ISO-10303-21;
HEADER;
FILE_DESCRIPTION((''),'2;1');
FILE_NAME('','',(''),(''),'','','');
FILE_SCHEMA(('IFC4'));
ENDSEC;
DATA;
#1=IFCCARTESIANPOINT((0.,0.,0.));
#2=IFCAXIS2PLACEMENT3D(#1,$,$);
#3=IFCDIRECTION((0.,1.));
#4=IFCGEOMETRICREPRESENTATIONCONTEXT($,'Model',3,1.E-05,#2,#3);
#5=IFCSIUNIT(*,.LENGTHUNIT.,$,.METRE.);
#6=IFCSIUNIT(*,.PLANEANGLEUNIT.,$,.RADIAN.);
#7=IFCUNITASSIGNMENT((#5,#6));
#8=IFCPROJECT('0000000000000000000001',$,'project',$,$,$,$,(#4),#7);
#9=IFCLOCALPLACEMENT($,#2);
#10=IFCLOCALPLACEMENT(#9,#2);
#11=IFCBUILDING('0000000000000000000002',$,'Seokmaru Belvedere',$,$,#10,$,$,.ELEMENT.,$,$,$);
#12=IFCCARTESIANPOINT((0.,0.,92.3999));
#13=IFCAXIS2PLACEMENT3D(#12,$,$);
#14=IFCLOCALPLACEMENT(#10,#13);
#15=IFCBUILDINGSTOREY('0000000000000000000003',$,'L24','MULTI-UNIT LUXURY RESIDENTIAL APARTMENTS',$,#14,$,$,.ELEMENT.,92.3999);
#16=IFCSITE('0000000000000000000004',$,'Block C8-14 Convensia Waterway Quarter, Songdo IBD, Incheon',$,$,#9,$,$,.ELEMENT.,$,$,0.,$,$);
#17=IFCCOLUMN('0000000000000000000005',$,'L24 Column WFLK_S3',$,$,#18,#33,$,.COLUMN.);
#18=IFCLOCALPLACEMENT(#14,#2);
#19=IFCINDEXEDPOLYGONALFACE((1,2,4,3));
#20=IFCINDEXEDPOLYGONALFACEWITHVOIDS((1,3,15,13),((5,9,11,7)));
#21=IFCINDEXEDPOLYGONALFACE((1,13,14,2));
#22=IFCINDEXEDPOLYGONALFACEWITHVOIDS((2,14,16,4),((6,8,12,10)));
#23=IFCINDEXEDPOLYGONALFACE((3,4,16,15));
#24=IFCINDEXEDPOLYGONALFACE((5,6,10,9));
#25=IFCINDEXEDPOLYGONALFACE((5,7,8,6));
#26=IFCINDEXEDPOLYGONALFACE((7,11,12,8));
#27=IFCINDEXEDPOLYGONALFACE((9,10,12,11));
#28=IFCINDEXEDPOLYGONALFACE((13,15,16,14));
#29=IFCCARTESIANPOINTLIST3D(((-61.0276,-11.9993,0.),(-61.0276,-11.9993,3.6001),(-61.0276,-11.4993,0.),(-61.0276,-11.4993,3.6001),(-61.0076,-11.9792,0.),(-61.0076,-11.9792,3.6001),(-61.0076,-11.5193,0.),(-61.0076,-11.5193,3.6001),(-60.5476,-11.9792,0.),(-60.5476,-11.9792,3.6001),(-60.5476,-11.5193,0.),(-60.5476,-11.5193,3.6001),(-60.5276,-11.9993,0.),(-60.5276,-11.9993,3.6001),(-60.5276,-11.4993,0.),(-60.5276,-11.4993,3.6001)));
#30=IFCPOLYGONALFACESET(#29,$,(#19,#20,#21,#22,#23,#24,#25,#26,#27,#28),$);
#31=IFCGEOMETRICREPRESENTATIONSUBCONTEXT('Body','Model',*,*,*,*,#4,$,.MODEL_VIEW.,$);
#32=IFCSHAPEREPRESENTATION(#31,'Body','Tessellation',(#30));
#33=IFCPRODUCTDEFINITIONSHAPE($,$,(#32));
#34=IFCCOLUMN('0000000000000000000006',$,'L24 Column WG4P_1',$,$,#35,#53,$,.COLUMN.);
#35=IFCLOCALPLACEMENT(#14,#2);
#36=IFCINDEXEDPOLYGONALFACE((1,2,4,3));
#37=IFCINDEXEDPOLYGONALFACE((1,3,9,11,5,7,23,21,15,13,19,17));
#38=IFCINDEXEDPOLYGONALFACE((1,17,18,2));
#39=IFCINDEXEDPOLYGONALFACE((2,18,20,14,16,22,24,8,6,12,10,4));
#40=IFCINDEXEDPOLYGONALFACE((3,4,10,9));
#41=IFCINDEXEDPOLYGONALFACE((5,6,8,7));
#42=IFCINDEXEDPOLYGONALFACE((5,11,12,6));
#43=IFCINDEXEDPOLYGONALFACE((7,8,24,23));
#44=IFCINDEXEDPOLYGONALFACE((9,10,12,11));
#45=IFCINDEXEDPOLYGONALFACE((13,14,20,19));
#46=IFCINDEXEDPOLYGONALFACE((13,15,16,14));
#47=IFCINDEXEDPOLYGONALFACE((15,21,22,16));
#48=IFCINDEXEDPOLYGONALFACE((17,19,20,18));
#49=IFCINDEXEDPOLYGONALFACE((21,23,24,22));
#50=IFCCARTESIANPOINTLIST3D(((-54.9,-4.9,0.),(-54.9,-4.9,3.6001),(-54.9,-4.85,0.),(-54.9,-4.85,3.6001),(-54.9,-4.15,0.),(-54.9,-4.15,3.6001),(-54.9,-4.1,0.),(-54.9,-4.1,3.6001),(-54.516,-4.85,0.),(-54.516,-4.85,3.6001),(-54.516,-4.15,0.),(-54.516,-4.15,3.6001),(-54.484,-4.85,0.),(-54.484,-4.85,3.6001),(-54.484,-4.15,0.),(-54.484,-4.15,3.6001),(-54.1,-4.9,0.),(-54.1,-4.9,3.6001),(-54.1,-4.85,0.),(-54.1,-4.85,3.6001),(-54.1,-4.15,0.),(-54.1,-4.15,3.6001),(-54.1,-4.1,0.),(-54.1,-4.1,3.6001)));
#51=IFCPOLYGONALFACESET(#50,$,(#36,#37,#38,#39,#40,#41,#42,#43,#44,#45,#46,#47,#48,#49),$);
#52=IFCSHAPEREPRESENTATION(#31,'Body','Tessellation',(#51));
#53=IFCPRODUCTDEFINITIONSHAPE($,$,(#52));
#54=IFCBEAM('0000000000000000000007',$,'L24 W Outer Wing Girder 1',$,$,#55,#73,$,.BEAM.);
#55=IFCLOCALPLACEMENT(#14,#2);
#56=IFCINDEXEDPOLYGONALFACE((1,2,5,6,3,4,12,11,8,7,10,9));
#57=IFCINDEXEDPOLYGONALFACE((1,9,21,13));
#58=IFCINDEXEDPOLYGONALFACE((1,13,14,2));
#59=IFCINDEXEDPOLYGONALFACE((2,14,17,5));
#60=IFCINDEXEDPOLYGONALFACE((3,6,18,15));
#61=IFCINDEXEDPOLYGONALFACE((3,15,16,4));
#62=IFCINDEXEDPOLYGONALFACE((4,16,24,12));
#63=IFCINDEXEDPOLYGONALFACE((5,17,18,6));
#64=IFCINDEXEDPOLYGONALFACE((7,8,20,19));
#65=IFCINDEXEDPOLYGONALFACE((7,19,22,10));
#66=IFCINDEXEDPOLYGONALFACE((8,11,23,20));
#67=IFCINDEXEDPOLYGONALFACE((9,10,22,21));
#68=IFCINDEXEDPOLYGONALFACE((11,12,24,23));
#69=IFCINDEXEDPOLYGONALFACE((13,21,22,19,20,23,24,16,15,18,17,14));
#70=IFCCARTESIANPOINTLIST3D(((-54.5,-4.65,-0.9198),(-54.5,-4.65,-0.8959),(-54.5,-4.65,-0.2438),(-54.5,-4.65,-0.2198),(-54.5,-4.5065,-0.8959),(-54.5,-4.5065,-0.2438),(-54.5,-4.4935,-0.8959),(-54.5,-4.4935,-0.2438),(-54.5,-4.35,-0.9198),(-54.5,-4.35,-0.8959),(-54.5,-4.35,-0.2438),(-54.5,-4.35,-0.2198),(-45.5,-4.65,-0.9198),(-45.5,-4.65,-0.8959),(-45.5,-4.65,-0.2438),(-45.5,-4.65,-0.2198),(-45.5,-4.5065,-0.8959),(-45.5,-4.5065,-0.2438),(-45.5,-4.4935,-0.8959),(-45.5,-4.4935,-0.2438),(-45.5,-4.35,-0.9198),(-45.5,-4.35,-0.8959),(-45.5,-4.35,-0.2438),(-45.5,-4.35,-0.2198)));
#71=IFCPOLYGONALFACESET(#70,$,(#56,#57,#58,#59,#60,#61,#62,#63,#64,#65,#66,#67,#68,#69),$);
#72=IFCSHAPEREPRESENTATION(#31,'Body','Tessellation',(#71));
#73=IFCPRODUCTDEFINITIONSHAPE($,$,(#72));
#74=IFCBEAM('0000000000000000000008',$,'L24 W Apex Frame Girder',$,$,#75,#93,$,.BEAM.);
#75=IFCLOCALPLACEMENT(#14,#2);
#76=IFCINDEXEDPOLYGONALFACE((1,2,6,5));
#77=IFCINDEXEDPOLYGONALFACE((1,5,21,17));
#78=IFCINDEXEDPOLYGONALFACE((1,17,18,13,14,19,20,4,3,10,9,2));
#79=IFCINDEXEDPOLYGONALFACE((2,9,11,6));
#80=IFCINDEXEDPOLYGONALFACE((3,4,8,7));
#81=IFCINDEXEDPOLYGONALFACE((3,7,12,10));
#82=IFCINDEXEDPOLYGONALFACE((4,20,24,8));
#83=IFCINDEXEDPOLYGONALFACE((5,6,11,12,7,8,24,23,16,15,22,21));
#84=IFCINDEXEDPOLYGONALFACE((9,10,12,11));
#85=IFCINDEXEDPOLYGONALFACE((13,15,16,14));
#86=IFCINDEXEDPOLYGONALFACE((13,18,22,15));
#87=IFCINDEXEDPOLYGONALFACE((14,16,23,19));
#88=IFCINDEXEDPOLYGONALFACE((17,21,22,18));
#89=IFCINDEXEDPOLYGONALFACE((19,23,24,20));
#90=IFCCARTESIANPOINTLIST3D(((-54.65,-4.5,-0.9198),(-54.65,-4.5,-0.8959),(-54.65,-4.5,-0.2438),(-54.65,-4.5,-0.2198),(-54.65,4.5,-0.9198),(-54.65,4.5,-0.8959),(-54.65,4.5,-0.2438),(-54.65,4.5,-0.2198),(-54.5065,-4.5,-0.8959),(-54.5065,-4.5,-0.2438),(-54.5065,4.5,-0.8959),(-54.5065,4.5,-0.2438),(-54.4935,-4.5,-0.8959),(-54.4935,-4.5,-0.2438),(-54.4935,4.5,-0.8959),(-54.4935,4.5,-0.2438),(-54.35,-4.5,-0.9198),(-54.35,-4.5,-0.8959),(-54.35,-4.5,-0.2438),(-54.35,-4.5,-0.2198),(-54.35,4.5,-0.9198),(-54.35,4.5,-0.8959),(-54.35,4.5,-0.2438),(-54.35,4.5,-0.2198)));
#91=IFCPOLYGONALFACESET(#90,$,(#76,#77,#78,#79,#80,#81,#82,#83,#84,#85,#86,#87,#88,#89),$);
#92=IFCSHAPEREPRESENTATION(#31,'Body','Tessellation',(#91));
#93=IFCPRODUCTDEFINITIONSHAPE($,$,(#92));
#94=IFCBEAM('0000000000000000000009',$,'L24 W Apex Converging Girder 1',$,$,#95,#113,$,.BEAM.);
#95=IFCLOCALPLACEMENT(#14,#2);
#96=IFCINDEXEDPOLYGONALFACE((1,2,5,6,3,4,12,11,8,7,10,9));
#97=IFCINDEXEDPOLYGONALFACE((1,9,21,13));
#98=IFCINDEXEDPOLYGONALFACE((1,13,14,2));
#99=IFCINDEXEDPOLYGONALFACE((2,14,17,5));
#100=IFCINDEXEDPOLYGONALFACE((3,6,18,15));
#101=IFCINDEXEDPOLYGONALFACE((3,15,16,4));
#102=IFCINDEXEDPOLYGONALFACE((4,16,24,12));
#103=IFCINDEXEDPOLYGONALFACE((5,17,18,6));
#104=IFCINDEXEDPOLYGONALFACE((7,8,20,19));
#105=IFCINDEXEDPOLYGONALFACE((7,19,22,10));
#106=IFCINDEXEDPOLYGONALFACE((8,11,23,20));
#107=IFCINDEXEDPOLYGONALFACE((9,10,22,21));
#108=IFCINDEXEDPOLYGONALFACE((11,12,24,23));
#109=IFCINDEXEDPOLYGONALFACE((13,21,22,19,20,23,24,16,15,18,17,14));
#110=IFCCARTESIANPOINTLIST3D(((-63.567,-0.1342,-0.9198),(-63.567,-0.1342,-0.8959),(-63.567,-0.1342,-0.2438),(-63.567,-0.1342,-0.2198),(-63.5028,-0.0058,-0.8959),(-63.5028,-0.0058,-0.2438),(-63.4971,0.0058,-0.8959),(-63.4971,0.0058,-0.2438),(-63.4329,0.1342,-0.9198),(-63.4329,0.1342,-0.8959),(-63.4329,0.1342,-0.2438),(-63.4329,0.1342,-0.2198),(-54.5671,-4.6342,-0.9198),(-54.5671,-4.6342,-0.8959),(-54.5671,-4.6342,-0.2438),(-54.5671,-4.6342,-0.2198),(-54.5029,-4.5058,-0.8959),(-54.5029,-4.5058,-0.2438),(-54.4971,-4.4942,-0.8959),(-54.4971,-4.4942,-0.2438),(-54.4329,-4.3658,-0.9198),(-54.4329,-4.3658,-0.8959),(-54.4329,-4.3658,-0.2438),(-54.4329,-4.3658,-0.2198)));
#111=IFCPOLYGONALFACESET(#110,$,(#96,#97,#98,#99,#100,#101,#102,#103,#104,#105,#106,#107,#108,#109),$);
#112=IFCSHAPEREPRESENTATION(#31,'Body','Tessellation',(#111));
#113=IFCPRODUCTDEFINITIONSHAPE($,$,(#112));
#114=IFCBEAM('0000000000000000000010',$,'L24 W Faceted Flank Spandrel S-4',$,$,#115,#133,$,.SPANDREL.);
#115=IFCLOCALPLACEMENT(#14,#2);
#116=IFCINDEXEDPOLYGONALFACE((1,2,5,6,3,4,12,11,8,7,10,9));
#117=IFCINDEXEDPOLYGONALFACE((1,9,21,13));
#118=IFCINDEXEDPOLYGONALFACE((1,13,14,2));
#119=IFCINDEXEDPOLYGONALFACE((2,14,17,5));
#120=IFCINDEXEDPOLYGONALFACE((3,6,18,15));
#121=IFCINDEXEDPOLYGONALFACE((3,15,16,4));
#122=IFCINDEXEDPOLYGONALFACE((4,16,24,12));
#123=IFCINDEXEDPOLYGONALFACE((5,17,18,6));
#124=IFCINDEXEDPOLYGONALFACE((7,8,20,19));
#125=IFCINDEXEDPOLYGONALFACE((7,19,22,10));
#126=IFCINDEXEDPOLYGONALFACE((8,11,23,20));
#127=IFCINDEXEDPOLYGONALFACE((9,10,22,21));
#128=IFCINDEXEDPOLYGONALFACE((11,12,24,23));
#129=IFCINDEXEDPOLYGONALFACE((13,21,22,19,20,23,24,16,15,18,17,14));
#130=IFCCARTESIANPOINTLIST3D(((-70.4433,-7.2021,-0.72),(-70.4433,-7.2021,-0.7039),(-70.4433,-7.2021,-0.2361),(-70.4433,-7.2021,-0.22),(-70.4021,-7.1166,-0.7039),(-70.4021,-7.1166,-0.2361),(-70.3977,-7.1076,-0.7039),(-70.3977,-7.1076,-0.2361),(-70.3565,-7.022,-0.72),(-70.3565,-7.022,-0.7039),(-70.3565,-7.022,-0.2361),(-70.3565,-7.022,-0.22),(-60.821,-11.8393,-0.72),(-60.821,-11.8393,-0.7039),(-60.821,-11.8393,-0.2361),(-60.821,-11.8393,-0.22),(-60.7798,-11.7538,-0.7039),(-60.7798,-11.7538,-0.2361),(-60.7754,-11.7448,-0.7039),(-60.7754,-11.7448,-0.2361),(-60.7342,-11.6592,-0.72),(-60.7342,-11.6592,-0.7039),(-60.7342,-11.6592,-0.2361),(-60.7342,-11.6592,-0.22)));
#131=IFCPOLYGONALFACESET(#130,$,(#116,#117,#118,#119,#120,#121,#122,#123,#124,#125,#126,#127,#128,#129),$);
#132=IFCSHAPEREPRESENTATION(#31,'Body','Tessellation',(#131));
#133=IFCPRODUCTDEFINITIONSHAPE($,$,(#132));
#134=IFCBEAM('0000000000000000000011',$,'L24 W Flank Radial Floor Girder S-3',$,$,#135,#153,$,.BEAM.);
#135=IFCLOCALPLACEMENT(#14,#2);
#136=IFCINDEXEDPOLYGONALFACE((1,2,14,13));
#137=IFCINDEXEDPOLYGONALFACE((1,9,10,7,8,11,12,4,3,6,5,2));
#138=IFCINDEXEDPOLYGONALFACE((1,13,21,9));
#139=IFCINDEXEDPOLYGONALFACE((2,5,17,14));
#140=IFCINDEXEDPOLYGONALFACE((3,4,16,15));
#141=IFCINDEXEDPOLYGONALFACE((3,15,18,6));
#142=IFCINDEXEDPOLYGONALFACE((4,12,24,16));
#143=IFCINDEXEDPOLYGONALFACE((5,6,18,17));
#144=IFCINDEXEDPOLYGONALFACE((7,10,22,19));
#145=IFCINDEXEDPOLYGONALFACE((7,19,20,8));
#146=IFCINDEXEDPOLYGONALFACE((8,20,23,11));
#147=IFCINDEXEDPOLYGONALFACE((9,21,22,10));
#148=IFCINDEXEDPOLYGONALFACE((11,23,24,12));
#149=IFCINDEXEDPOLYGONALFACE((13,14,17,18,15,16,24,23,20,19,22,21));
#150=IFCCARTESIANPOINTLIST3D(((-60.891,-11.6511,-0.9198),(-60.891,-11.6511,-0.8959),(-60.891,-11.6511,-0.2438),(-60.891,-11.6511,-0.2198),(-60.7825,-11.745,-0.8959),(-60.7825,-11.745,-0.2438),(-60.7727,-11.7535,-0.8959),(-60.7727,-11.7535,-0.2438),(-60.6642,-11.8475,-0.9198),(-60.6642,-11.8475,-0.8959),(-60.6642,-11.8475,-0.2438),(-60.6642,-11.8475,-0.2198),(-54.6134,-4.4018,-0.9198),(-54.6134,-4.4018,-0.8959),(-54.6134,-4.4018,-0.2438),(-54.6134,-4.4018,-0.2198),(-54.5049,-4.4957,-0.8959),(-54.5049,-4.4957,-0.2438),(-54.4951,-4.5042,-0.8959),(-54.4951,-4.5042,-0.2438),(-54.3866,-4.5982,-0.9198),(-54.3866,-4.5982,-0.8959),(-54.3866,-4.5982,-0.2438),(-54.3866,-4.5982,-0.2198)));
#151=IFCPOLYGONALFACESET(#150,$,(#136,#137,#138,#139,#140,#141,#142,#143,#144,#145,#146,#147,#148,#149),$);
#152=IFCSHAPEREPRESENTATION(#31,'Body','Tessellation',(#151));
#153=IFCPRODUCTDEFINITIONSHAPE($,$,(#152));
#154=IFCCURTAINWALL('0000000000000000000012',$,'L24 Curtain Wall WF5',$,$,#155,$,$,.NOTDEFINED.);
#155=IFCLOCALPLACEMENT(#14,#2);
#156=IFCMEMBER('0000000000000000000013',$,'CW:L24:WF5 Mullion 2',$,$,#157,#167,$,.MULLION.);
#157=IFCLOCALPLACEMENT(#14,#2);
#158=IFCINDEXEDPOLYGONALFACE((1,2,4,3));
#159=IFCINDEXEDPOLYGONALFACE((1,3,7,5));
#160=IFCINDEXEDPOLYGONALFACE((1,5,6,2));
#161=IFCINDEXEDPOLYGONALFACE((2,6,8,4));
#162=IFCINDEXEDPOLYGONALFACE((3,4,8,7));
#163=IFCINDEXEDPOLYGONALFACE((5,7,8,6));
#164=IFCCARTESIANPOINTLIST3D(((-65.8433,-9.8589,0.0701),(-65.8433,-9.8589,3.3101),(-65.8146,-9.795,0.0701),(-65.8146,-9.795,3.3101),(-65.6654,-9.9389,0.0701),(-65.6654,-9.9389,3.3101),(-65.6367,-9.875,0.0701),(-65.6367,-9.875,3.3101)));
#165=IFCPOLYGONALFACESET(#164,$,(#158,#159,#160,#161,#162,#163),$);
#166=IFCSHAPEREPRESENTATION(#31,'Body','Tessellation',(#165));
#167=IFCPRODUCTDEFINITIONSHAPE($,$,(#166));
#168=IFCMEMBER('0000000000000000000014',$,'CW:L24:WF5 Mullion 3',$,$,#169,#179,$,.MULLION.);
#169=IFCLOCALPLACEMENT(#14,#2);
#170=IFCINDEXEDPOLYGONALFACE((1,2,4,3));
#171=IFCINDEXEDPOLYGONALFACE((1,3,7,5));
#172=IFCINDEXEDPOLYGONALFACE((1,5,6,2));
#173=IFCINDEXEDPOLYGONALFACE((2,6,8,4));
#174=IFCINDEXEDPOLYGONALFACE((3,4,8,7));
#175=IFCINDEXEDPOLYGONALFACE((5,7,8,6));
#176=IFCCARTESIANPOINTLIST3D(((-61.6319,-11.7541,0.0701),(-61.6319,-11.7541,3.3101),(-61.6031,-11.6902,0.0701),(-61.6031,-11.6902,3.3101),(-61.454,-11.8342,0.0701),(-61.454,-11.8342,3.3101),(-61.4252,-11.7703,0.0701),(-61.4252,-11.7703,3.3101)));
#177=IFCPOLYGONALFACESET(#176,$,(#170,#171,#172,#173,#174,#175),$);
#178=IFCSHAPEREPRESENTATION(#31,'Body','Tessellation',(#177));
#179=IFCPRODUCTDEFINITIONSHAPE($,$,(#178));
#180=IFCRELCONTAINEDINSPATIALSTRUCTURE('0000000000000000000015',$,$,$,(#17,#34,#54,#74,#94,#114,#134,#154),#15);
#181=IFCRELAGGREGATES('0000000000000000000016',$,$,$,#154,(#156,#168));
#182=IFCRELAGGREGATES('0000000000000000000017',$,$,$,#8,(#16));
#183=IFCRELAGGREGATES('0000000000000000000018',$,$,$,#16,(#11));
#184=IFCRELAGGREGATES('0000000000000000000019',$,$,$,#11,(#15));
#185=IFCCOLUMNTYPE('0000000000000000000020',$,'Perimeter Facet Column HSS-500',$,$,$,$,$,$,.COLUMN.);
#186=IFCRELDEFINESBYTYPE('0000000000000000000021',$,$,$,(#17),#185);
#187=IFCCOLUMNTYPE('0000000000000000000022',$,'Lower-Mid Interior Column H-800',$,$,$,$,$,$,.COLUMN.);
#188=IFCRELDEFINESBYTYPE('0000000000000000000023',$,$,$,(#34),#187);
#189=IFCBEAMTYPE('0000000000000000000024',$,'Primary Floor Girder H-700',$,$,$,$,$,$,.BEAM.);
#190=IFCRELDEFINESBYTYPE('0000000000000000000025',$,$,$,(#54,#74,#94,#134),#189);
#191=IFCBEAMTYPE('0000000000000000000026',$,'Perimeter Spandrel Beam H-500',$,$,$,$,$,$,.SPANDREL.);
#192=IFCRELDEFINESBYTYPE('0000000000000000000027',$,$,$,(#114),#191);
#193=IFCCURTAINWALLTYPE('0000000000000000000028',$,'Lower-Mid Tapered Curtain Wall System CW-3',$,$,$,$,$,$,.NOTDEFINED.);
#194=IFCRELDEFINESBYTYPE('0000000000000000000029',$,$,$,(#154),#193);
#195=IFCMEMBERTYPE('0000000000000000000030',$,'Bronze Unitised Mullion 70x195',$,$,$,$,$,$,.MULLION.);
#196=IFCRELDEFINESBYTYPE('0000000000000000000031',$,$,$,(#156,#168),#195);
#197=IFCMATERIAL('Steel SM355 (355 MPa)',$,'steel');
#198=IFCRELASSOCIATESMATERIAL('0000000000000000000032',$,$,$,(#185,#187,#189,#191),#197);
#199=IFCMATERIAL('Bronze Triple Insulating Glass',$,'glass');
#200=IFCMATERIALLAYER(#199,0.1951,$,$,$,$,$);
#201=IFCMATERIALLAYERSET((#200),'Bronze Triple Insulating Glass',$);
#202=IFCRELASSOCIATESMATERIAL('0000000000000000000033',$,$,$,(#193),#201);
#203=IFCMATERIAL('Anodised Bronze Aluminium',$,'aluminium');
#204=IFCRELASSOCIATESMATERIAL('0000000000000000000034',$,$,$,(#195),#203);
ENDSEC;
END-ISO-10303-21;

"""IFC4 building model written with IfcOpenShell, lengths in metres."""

from ifc_helpers import new_model, si_unit, direction, frame, origin, origin_2d, place, context, subcontext, project, spatial, rectangle, hollow_rectangle, i_section, extrude, source, transform, mapped, material, layer, layer_set, material_profile, profile_set, type_object, type_shapes, element, aggregate, save


model = new_model("IFC4")

# Units and contexts
model_context = context("Model", 3, precision=1e-05, world=origin(), true_north=direction((0.0, 1.0)))
body_context = subcontext(model_context, "Body", "Model", "MODEL_VIEW")
ifc_project = project(units=[si_unit("LENGTHUNIT", "METRE"), si_unit("PLANEANGLEUNIT", "RADIAN")], contexts=[model_context])

# Site, building, storey
site_placement = place(None, origin())
site = spatial("IfcSite", under=ifc_project, at=site_placement, Name="Block C8-14 Convensia Waterway Quarter, Songdo IBD, Incheon", CompositionType="ELEMENT", RefElevation=0.0)
building_placement = place(site_placement, origin())
building = spatial("IfcBuilding", under=site, at=building_placement, Name="Seokmaru Belvedere", CompositionType="ELEMENT")
storey_placement = place(building_placement, frame((0.0, 0.0, 92.3999)))
storey = spatial("IfcBuildingStorey", under=building, at=storey_placement, Name="L24", Description="MULTI-UNIT LUXURY RESIDENTIAL APARTMENTS", CompositionType="ELEMENT", Elevation=92.3999)

# Columns
ifc_material_1 = material(Name="Steel SM355 (355 MPa)", Category="steel")
ifc_material_profile_1 = material_profile(ifc_material_1, hollow_rectangle(XDim=0.5, YDim=0.5, WallThickness=0.02, at=origin_2d()), Name="HSS-500x500x20")
ifc_profile_set_1 = profile_set([ifc_material_profile_1], Name="Steel SM355 (355 MPa)")
column_type_1 = type_object("IfcColumnType", Name="Perimeter Facet Column HSS-500", PredefinedType="COLUMN", material=ifc_profile_set_1)
shared_shape_1 = source(origin(), body_context, "Body", "SweptSolid", [
    extrude(hollow_rectangle(XDim=0.5, YDim=0.5, WallThickness=0.02, at=origin_2d()), origin(), (0.0, 0.0, 1.0), 3.6001),
])
type_shapes(column_type_1, [shared_shape_1])
column_1_placement = place(storey_placement, frame((-60.7776, -11.7493, 0.0), z_axis=(0.0, 0.0, 1.0), x_axis=(1.0, 0.0, 0.0)))
element("IfcColumn", 1, at=column_1_placement, inside=storey, type_object=column_type_1, Name="L24 Column WFLK_S3", PredefinedType="COLUMN", context=body_context, shape_type="MappedRepresentation", body=[
    mapped(shared_shape_1, transform((0.0, 0.0, 0.0), scale=1.0)),
])
ifc_material_profile_2 = material_profile(ifc_material_1, i_section(OverallWidth=0.8, OverallDepth=0.8, WebThickness=0.032, FlangeThickness=0.05, at=origin_2d()), Name="H-800x800x32x50")
ifc_profile_set_2 = profile_set([ifc_material_profile_2], Name="Steel SM355 (355 MPa)")
column_type_2 = type_object("IfcColumnType", Name="Lower-Mid Interior Column H-800", PredefinedType="COLUMN", material=ifc_profile_set_2)
shared_shape_2 = source(origin(), body_context, "Body", "SweptSolid", [
    extrude(i_section(OverallWidth=0.8, OverallDepth=0.8, WebThickness=0.032, FlangeThickness=0.05, at=origin_2d()), origin(), (0.0, 0.0, 1.0), 3.6001),
])
type_shapes(column_type_2, [shared_shape_2])
column_2_placement = place(storey_placement, frame((-54.5, -4.5, 0.0), z_axis=(0.0, 0.0, 1.0), x_axis=(1.0, 0.0, 0.0)))
element("IfcColumn", 2, at=column_2_placement, inside=storey, type_object=column_type_2, Name="L24 Column WG4P_1", PredefinedType="COLUMN", context=body_context, shape_type="MappedRepresentation", body=[
    mapped(shared_shape_2, transform((0.0, 0.0, 0.0), scale=1.0)),
])

# Beams
ifc_material_profile_3 = material_profile(ifc_material_1, i_section(OverallWidth=0.3, OverallDepth=0.7, WebThickness=0.0129, FlangeThickness=0.0239, at=origin_2d()), Name="H-700x300x13x24")
ifc_profile_set_3 = profile_set([ifc_material_profile_3], Name="Steel SM355 (355 MPa)")
beam_type_1 = type_object("IfcBeamType", Name="Primary Floor Girder H-700", PredefinedType="BEAM", material=ifc_profile_set_3)
shared_shape_3 = source(origin(), body_context, "Body", "SweptSolid", [
    extrude(i_section(OverallWidth=0.3, OverallDepth=0.7, WebThickness=0.0129, FlangeThickness=0.0239, at=origin_2d()), origin(), (0.0, 0.0, 1.0), 9.0),
])
for number, where, z_axis, x_axis, name in (
    (3, (-54.5, -4.5, -0.5698), (1.0, 0.0, 0.0), (0.0, 1.0, 0.0), "L24 W Outer Wing Girder 1"),
    (4, (-54.5, -4.5, -0.5698), (0.0, 1.0, 0.0), (-1.0, 0.0, 0.0), "L24 W Apex Frame Girder"),
):
    element("IfcBeam", number, at=place(storey_placement, frame(where, z_axis=z_axis, x_axis=x_axis)), inside=storey, type_object=beam_type_1, Name=name, PredefinedType="BEAM", context=body_context, shape_type="MappedRepresentation", body=[
        mapped(shared_shape_3, transform((0.0, 0.0, 0.0), scale=1.0)),
    ])
shared_shape_4 = source(origin(), body_context, "Body", "SweptSolid", [
    extrude(i_section(OverallWidth=0.3, OverallDepth=0.7, WebThickness=0.0129, FlangeThickness=0.0239, at=origin_2d()), origin(), (0.0, 0.0, 1.0), 10.0623),
])
beam_1_placement = place(storey_placement, frame((-54.5, -4.5, -0.5698), z_axis=(-0.894427, 0.447214, 0.0), x_axis=(-0.447214, -0.894427, 0.0)))
element("IfcBeam", 5, at=beam_1_placement, inside=storey, type_object=beam_type_1, Name="L24 W Apex Converging Girder 1", PredefinedType="BEAM", context=body_context, shape_type="MappedRepresentation", body=[
    mapped(shared_shape_4, transform((0.0, 0.0, 0.0), scale=1.0)),
])
ifc_material_profile_4 = material_profile(ifc_material_1, i_section(OverallWidth=0.2, OverallDepth=0.5, WebThickness=0.01, FlangeThickness=0.0161, at=origin_2d()), Name="H-500x200x10x16")
ifc_profile_set_4 = profile_set([ifc_material_profile_4], Name="Steel SM355 (355 MPa)")
beam_type_2 = type_object("IfcBeamType", Name="Perimeter Spandrel Beam H-500", PredefinedType="SPANDREL", material=ifc_profile_set_4)
shared_shape_5 = source(origin(), body_context, "Body", "SweptSolid", [
    extrude(i_section(OverallWidth=0.2, OverallDepth=0.5, WebThickness=0.01, FlangeThickness=0.0161, at=origin_2d()), origin(), (0.0, 0.0, 1.0), 10.6814),
])
type_shapes(beam_type_2, [shared_shape_5])
beam_2_placement = place(storey_placement, frame((-60.7776, -11.7493, -0.47), z_axis=(-0.900846, 0.434138, 0.0), x_axis=(-0.434138, -0.900846, 0.0)))
element("IfcBeam", 6, at=beam_2_placement, inside=storey, type_object=beam_type_2, Name="L24 W Faceted Flank Spandrel S-4", PredefinedType="SPANDREL", context=body_context, shape_type="MappedRepresentation", body=[
    mapped(shared_shape_5, transform((0.0, 0.0, 0.0), scale=1.0)),
])
shared_shape_6 = source(origin(), body_context, "Body", "SweptSolid", [
    extrude(i_section(OverallWidth=0.3, OverallDepth=0.7, WebThickness=0.0129, FlangeThickness=0.0239, at=origin_2d()), origin(), (0.0, 0.0, 1.0), 9.5896),
])
type_shapes(beam_type_1, [shared_shape_3, shared_shape_4, shared_shape_6])
beam_3_placement = place(storey_placement, frame((-60.7776, -11.7493, -0.5698), z_axis=(0.654626, 0.755953, 0.0), x_axis=(-0.755953, 0.654626, 0.0)))
element("IfcBeam", 7, at=beam_3_placement, inside=storey, type_object=beam_type_1, Name="L24 W Flank Radial Floor Girder S-3", PredefinedType="BEAM", context=body_context, shape_type="MappedRepresentation", body=[
    mapped(shared_shape_6, transform((0.0, 0.0, 0.0), scale=1.0)),
])

# Curtain wall, members
ifc_material_2 = material(Name="Bronze Triple Insulating Glass", Category="glass")
ifc_layer_1 = layer(ifc_material_2, 0.1951)
ifc_layer_set_1 = layer_set([ifc_layer_1], Name="Bronze Triple Insulating Glass")
curtain_wall_type = type_object("IfcCurtainWallType", Name="Lower-Mid Tapered Curtain Wall System CW-3", PredefinedType="NOTDEFINED", material=ifc_layer_set_1)
curtain_wall_placement = place(storey_placement, origin())
curtain_wall = element("IfcCurtainWall", 8, at=curtain_wall_placement, inside=storey, type_object=curtain_wall_type, Name="L24 Curtain Wall WF5", PredefinedType="NOTDEFINED")
ifc_material_3 = material(Name="Anodised Bronze Aluminium", Category="aluminium")
ifc_material_profile_5 = material_profile(ifc_material_3, rectangle(XDim=0.0701, YDim=0.1951, at=origin_2d()), Name="CW-M-70x195")
ifc_profile_set_5 = profile_set([ifc_material_profile_5], Name="Anodised Bronze Aluminium")
member_type = type_object("IfcMemberType", Name="Bronze Unitised Mullion 70x195", PredefinedType="MULLION", material=ifc_profile_set_5)
shared_shape_7 = source(origin(), body_context, "Body", "SweptSolid", [
    extrude(rectangle(XDim=0.0701, YDim=0.1951, at=origin_2d()), origin(), (0.0, 0.0, 1.0), 3.24),
])
type_shapes(member_type, [shared_shape_7])
member_1_placement = place(storey_placement, frame((-65.74, -9.8669, 0.0701), z_axis=(0.0, 0.0, 1.0), x_axis=(0.410366, 0.911921, 0.0)))
member_1 = element("IfcMember", 9, at=member_1_placement, type_object=member_type, Name="CW:L24:WF5 Mullion 2", PredefinedType="MULLION", context=body_context, shape_type="MappedRepresentation", body=[
    mapped(shared_shape_7, transform((0.0, 0.0, 0.0), scale=1.0)),
])
member_2_placement = place(storey_placement, frame((-61.5286, -11.7622, 0.0701), z_axis=(0.0, 0.0, 1.0), x_axis=(0.410366, 0.911921, 0.0)))
member_2 = element("IfcMember", 10, at=member_2_placement, type_object=member_type, Name="CW:L24:WF5 Mullion 3", PredefinedType="MULLION", context=body_context, shape_type="MappedRepresentation", body=[
    mapped(shared_shape_7, transform((0.0, 0.0, 0.0), scale=1.0)),
])
aggregate(curtain_wall, [member_1, member_2])

save(model, "model.ifc")
